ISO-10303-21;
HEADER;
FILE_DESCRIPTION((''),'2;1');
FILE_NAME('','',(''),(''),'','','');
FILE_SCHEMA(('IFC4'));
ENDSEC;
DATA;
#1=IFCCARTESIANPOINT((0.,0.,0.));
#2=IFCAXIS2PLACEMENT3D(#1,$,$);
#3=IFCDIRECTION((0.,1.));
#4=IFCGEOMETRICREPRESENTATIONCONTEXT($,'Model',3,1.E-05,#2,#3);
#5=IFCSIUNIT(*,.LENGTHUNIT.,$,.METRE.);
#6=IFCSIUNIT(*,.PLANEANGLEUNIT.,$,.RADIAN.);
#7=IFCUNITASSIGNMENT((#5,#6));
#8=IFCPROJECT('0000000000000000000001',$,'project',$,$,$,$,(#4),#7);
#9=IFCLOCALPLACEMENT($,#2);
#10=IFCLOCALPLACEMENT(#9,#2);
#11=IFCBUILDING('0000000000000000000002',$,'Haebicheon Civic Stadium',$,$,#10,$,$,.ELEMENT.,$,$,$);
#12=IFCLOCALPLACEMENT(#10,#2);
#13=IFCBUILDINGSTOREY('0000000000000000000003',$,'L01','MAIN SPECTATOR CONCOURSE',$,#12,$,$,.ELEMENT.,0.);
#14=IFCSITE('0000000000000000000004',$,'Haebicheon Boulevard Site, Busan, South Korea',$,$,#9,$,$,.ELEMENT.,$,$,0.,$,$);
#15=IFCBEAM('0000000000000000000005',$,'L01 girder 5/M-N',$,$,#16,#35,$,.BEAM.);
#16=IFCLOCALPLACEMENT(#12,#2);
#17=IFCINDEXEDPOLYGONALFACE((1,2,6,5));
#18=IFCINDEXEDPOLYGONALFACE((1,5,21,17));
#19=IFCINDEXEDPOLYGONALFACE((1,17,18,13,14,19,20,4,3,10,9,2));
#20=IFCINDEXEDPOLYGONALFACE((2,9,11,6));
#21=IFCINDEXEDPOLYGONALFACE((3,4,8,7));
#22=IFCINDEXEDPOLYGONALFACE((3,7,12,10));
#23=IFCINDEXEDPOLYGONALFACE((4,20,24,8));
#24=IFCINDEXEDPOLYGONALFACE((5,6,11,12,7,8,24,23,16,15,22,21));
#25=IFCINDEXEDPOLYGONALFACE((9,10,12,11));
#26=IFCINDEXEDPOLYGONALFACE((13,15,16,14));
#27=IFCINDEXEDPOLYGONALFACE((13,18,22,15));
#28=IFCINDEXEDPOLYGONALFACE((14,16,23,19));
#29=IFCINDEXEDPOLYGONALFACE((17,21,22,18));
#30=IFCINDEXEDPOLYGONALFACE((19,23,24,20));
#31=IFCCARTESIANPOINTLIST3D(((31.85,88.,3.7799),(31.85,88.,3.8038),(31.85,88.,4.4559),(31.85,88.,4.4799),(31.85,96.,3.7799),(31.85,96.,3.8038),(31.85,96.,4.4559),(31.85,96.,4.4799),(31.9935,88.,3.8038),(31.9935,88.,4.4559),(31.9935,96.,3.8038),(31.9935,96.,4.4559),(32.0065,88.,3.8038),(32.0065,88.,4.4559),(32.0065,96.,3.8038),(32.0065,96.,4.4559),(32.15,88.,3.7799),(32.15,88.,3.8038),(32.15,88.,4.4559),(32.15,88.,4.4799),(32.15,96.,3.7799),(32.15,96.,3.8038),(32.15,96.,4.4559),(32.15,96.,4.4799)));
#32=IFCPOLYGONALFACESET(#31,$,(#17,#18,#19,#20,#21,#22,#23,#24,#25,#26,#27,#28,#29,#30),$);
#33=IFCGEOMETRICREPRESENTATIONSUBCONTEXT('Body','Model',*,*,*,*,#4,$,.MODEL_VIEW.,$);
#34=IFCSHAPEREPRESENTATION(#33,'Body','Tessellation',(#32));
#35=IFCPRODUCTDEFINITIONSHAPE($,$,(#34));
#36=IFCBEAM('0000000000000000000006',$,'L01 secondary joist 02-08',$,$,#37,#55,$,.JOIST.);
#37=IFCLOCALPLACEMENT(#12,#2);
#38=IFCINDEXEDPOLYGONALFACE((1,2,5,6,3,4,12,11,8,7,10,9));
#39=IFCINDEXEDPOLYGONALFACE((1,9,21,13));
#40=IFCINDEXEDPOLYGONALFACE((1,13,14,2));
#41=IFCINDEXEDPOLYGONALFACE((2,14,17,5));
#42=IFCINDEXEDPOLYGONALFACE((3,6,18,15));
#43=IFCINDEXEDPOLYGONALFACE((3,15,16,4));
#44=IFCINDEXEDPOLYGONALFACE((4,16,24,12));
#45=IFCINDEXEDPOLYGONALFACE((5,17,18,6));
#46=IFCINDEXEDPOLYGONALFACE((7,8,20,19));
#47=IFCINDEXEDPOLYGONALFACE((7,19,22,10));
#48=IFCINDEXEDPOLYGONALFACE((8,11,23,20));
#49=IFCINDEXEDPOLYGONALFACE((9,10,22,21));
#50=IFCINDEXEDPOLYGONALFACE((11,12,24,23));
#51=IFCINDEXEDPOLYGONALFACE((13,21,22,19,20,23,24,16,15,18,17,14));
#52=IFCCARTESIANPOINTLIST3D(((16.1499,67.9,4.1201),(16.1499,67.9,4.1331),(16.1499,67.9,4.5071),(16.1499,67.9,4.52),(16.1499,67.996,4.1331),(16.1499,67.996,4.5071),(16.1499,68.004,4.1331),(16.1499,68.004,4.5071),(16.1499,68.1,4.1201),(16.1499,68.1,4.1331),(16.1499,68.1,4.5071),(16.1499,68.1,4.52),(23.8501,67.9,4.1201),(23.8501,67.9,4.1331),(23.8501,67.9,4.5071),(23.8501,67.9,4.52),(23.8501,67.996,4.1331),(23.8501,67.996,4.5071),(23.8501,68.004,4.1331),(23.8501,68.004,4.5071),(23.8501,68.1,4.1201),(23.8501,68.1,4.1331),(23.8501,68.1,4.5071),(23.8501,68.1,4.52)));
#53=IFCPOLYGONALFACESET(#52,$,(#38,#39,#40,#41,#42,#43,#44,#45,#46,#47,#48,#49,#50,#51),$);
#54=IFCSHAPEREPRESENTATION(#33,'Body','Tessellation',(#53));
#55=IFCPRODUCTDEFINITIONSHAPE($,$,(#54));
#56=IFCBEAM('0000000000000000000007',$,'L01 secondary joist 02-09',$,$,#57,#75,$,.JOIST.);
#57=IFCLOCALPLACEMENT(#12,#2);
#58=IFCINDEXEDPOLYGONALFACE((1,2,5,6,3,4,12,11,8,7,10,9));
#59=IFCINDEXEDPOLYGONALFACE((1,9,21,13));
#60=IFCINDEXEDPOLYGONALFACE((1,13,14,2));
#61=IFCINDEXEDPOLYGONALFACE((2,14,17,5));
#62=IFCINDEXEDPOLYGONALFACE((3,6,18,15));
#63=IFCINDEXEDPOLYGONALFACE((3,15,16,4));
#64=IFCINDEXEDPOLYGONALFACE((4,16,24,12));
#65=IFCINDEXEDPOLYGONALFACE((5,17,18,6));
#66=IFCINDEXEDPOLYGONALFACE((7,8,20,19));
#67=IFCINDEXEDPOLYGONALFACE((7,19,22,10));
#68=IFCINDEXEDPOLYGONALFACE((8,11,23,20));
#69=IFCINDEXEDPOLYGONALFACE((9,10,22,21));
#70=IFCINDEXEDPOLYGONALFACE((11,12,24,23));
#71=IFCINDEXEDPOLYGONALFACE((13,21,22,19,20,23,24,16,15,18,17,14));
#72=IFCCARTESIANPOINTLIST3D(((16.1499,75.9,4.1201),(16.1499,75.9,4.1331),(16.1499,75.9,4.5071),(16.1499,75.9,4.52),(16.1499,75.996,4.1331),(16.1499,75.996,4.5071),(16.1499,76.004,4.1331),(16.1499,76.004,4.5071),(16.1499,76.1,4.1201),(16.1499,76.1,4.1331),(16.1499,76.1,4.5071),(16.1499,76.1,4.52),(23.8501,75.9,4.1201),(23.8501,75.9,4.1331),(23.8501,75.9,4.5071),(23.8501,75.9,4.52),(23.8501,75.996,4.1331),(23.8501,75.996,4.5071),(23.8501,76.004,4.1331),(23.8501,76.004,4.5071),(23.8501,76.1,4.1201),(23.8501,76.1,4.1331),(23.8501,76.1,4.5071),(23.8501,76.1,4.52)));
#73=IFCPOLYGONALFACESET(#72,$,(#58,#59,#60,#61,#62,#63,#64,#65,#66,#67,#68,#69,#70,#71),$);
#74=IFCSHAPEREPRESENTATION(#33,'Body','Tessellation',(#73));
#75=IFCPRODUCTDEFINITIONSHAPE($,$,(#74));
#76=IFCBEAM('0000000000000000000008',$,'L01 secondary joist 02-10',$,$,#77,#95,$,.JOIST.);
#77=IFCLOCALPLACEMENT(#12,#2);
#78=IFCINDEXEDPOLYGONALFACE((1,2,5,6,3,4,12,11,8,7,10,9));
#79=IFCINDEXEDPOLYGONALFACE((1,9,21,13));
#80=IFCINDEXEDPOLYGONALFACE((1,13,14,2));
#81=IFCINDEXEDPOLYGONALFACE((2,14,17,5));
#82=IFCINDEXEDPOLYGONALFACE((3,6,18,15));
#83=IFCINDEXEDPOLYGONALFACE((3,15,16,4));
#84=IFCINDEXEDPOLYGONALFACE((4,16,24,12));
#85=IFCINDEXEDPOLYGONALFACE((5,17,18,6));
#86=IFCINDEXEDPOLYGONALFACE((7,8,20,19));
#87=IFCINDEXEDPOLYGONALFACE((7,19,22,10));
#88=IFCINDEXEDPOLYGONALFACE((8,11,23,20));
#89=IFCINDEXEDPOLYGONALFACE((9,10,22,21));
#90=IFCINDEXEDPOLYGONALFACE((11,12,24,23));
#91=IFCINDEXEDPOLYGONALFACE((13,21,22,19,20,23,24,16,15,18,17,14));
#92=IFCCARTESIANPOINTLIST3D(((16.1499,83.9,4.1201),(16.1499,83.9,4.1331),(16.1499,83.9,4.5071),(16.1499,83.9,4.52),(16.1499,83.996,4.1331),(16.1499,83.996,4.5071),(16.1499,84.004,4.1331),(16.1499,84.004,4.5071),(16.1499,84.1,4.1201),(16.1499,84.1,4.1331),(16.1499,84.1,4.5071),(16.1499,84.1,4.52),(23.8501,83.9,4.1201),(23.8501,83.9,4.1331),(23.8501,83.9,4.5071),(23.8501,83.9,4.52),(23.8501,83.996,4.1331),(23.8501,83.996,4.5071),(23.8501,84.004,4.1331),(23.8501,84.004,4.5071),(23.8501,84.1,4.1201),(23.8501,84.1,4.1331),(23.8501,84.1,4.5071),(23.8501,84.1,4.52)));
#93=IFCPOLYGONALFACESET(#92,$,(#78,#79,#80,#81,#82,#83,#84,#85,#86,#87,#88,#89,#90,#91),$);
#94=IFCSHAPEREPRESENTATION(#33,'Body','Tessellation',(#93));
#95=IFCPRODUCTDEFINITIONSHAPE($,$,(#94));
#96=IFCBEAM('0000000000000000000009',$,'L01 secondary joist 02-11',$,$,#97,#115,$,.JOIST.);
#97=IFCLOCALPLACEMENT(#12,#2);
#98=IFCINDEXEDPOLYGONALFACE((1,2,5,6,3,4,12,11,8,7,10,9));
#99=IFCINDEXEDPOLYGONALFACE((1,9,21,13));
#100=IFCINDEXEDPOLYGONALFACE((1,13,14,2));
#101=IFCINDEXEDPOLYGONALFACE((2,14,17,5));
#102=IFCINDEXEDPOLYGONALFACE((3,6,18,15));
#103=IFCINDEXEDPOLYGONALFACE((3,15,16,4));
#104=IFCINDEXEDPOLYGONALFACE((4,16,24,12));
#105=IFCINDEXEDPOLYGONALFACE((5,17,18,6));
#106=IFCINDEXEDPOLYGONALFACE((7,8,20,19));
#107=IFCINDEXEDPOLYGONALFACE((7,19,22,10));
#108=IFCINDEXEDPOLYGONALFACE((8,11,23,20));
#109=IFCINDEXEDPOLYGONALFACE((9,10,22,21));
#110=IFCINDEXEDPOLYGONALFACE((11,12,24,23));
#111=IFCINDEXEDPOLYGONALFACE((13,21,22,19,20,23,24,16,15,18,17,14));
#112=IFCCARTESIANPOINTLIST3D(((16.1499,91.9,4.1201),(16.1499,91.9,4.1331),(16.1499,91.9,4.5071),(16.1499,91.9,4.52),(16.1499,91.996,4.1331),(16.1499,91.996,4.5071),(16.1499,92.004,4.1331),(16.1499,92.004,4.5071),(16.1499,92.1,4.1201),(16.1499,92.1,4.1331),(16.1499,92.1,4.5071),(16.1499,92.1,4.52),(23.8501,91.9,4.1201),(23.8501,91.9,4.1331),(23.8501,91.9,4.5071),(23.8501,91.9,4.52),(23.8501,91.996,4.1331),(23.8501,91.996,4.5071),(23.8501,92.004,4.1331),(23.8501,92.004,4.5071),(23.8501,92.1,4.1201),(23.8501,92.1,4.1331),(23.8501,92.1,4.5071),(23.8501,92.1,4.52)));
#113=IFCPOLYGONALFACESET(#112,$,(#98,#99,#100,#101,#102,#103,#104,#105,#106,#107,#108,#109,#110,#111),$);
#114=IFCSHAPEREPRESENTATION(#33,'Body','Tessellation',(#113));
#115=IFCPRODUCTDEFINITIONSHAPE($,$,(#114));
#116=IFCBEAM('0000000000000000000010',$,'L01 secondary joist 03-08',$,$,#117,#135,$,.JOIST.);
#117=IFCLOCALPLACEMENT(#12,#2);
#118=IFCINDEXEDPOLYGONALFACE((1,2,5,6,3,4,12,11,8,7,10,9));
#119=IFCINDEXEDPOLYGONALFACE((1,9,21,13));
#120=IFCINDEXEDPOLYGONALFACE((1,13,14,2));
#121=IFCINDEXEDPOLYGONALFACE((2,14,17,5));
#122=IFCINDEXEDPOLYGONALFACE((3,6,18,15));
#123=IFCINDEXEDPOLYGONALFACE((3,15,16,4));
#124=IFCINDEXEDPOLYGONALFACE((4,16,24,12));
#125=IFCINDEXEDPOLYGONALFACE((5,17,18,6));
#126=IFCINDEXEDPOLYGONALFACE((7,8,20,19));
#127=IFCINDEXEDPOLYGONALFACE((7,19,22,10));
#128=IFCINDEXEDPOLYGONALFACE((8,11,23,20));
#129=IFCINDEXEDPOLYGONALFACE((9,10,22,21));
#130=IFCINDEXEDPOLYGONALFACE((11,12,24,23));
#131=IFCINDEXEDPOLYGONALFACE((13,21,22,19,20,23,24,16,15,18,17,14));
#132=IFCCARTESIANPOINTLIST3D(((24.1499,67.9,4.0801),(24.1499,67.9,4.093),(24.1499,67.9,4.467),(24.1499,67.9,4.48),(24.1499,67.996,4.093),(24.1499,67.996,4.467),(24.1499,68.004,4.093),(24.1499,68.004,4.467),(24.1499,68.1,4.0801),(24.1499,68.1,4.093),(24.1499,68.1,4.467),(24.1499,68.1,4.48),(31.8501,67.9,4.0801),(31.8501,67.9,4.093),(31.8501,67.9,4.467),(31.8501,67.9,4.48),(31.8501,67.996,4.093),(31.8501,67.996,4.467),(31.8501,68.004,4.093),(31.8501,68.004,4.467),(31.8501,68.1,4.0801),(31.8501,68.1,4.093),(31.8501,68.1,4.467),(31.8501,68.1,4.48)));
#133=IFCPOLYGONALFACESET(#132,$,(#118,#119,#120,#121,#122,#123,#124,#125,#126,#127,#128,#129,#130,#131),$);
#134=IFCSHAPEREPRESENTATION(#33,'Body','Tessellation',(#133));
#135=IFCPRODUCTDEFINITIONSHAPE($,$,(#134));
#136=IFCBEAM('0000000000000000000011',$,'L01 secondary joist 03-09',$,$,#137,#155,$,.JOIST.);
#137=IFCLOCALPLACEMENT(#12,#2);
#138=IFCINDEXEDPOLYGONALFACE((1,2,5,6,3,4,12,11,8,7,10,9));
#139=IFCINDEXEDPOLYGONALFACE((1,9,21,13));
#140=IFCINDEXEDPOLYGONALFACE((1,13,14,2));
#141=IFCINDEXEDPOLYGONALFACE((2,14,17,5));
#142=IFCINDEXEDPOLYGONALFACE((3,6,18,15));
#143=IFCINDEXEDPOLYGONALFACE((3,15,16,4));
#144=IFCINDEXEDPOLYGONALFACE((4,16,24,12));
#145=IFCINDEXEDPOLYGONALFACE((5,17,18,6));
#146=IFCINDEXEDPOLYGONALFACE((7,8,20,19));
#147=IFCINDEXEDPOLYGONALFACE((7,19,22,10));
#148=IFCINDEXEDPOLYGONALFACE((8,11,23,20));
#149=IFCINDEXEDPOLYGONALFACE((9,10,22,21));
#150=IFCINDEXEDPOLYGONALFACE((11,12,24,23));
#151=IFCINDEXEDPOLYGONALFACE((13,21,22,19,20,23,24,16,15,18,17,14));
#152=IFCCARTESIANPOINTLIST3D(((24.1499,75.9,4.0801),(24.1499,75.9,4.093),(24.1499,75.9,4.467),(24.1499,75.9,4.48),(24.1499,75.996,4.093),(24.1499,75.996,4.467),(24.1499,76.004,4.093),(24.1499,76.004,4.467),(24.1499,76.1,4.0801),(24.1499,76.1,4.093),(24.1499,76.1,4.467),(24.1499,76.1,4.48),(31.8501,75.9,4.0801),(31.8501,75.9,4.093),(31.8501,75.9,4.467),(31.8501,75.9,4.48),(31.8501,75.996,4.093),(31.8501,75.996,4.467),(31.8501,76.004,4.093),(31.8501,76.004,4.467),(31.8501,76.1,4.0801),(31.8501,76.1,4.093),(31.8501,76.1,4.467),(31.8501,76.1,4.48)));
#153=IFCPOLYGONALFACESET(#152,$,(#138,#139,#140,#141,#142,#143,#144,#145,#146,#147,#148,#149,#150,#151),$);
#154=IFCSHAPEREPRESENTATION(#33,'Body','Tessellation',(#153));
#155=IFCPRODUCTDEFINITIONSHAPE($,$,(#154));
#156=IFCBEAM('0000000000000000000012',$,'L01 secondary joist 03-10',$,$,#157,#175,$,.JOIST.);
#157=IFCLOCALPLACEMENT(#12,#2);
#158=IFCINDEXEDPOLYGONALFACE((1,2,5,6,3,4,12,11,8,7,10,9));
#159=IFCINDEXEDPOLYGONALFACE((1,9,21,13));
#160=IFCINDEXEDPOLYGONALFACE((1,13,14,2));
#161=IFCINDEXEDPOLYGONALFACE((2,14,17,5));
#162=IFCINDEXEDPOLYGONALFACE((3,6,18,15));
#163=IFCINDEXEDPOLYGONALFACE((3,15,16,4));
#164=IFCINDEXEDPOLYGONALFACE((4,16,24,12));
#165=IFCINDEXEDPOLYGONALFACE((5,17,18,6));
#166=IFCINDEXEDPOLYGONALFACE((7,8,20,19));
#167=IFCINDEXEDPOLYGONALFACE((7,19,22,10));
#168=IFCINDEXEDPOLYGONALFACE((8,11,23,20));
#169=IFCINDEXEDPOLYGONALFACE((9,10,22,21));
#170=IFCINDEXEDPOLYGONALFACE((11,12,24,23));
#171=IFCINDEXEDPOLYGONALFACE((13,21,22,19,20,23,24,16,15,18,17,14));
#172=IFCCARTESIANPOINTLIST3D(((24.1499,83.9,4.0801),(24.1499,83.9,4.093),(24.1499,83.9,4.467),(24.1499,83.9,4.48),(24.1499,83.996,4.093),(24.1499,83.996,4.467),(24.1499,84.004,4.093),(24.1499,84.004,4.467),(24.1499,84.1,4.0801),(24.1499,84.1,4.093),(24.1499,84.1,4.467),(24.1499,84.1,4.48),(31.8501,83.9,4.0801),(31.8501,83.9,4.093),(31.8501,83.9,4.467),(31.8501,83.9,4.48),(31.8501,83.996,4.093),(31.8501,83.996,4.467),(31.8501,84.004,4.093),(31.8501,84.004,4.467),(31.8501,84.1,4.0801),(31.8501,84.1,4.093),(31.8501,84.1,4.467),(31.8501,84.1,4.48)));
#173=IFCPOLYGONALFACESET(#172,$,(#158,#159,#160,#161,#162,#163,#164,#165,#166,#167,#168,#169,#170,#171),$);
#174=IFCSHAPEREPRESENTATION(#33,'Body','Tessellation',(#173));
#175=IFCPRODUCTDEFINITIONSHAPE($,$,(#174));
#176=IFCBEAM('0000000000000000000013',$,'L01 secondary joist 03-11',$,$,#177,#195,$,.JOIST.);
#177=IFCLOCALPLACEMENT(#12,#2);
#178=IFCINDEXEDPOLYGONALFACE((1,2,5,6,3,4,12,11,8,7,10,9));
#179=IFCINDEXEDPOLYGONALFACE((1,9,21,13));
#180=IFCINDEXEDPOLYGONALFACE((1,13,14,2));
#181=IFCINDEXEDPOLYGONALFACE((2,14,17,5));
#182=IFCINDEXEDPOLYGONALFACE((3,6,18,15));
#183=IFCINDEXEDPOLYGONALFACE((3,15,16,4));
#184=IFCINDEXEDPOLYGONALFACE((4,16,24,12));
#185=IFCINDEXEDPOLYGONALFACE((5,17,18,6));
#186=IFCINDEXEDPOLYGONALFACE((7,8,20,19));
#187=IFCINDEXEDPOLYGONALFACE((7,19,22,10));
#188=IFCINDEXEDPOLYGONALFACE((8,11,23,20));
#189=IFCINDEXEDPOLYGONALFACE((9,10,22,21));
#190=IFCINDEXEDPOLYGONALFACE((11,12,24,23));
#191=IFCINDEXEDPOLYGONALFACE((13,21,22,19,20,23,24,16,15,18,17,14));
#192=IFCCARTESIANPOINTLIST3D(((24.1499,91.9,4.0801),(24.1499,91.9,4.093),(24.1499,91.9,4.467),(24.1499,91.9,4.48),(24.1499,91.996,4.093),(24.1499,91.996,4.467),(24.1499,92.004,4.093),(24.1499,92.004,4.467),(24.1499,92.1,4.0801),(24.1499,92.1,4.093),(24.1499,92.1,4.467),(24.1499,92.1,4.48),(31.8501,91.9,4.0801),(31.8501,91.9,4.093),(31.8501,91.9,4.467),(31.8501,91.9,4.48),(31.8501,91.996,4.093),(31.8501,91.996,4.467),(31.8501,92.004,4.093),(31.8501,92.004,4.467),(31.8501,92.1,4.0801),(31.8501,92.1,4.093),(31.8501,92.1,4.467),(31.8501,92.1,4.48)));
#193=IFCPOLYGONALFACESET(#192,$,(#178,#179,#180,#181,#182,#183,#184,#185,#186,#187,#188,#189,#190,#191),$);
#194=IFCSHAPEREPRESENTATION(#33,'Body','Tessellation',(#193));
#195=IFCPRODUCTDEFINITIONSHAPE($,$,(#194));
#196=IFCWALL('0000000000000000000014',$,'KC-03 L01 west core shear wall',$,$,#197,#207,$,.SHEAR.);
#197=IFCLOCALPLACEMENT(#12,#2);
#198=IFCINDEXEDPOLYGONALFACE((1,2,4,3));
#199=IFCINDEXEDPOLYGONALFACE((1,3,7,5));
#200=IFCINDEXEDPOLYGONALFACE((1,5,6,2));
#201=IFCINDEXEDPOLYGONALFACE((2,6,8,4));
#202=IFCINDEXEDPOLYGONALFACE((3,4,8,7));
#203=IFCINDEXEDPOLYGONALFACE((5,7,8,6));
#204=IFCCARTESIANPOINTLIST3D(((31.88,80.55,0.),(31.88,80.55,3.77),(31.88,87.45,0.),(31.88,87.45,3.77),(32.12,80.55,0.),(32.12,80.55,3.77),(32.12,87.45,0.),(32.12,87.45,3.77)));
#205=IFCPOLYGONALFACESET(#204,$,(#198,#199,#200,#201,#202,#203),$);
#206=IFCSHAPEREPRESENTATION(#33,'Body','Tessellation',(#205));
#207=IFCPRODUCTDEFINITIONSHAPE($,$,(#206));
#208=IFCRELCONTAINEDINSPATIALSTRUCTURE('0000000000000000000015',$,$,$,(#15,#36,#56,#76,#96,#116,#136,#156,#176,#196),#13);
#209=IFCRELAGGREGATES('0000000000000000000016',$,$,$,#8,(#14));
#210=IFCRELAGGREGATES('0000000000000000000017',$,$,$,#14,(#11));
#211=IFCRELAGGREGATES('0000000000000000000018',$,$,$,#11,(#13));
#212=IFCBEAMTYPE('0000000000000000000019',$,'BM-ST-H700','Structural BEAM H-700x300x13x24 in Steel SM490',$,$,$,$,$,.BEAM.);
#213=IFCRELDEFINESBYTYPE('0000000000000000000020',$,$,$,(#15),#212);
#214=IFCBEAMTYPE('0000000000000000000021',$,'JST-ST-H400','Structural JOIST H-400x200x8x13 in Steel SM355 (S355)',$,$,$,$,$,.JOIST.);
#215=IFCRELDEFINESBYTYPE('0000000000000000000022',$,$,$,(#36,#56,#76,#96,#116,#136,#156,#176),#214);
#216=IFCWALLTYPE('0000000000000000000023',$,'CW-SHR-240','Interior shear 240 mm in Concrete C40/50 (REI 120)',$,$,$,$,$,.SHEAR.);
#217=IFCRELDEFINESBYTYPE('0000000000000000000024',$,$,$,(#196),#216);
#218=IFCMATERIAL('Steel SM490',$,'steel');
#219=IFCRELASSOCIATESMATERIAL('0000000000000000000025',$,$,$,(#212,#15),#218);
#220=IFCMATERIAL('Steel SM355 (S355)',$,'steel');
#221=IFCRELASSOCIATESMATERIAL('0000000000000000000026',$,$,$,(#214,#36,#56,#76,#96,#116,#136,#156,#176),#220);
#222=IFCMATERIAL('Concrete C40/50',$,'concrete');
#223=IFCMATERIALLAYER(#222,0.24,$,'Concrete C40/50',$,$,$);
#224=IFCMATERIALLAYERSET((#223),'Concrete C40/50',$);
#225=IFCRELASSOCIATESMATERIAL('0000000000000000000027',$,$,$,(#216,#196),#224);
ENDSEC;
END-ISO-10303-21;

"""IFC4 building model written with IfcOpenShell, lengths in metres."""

from ifc_helpers import new_model, si_unit, direction, frame, frame_2d, origin, origin_2d, place, context, subcontext, project, spatial, rectangle, i_section, extrude, material, layer, layer_set, material_profile, profile_set, type_object, element, save


model = new_model("IFC4")

# Units and contexts
model_context = context("Model", 3, precision=1e-05, world=origin(), true_north=direction((0.0, 1.0)))
body_context = subcontext(model_context, "Body", "Model", "MODEL_VIEW")
ifc_project = project(units=[si_unit("LENGTHUNIT", "METRE"), si_unit("PLANEANGLEUNIT", "RADIAN")], contexts=[model_context])

# Site, building, storey
site_placement = place(None, origin())
site = spatial("IfcSite", under=ifc_project, at=site_placement, Name="Haebicheon Boulevard Site, Busan, South Korea", CompositionType="ELEMENT", RefElevation=0.0)
building_placement = place(site_placement, origin())
building = spatial("IfcBuilding", under=site, at=building_placement, Name="Haebicheon Civic Stadium", CompositionType="ELEMENT")
storey_placement = place(building_placement, origin())
storey = spatial("IfcBuildingStorey", under=building, at=storey_placement, Name="L01", Description="MAIN SPECTATOR CONCOURSE", CompositionType="ELEMENT", Elevation=0.0)

# Beams
ifc_material_1 = material(Name="Steel SM490", Category="steel")
ifc_material_profile_1 = material_profile(ifc_material_1, i_section(OverallWidth=0.3, OverallDepth=0.7, WebThickness=0.0129, FlangeThickness=0.0239, at=origin_2d()), Name="H-700x300x13x24")
ifc_profile_set_1 = profile_set([ifc_material_profile_1], Name="Steel SM490")
beam_type_1 = type_object("IfcBeamType", Name="BM-ST-H700", Description="Structural BEAM H-700x300x13x24 in Steel SM490", PredefinedType="BEAM", material=ifc_profile_set_1)
for number, where, z_axis, x_axis, name in (
    (1, (32.0, 88.0, 4.1299), (0.0, 1.0, 0.0), (-1.0, 0.0, 0.0), "L01 girder 5/M-N"),
):
    element("IfcBeam", number, at=place(storey_placement, frame(where, z_axis=z_axis, x_axis=x_axis)), inside=storey, type_object=beam_type_1, material=ifc_profile_set_1, Name=name, PredefinedType="BEAM", context=body_context, shape_type="SweptSolid", body=[
        extrude(i_section(OverallWidth=0.3, OverallDepth=0.7, WebThickness=0.0129, FlangeThickness=0.0239, at=origin_2d()), origin(), (0.0, 0.0, 1.0), 8.0),
    ])
ifc_material_2 = material(Name="Steel SM355 (S355)", Category="steel")
ifc_material_profile_2 = material_profile(ifc_material_2, i_section(OverallWidth=0.2, OverallDepth=0.3999, WebThickness=0.0081, FlangeThickness=0.0129, at=origin_2d()), Name="H-400x200x8x13")
ifc_profile_set_2 = profile_set([ifc_material_profile_2], Name="Steel SM355 (S355)")
beam_type_2 = type_object("IfcBeamType", Name="JST-ST-H400", Description="Structural JOIST H-400x200x8x13 in Steel SM355 (S355)", PredefinedType="JOIST", material=ifc_profile_set_2)
for number, where, z_axis, x_axis, name in (
    (2, (16.1499, 68.0, 4.3201), (1.0, 0.0, 0.0), (0.0, 1.0, 0.0), "L01 secondary joist 02-08"),
    (3, (16.1499, 76.0, 4.3201), (1.0, 0.0, 0.0), (0.0, 1.0, 0.0), "L01 secondary joist 02-09"),
    (4, (16.1499, 84.0, 4.3201), (1.0, 0.0, 0.0), (0.0, 1.0, 0.0), "L01 secondary joist 02-10"),
    (5, (16.1499, 92.0, 4.3201), (1.0, 0.0, 0.0), (0.0, 1.0, 0.0), "L01 secondary joist 02-11"),
    (6, (24.1499, 68.0, 4.28), (1.0, 0.0, 0.0), (0.0, 1.0, 0.0), "L01 secondary joist 03-08"),
    (7, (24.1499, 76.0, 4.28), (1.0, 0.0, 0.0), (0.0, 1.0, 0.0), "L01 secondary joist 03-09"),
    (8, (24.1499, 84.0, 4.28), (1.0, 0.0, 0.0), (0.0, 1.0, 0.0), "L01 secondary joist 03-10"),
    (9, (24.1499, 92.0, 4.28), (1.0, 0.0, 0.0), (0.0, 1.0, 0.0), "L01 secondary joist 03-11"),
):
    element("IfcBeam", number, at=place(storey_placement, frame(where, z_axis=z_axis, x_axis=x_axis)), inside=storey, type_object=beam_type_2, material=ifc_profile_set_2, Name=name, PredefinedType="JOIST", context=body_context, shape_type="SweptSolid", body=[
        extrude(i_section(OverallWidth=0.2, OverallDepth=0.3999, WebThickness=0.0081, FlangeThickness=0.0129, at=origin_2d()), origin(), (0.0, 0.0, 1.0), 7.7002),
    ])

# Wall
ifc_material_3 = material(Name="Concrete C40/50", Category="concrete")
ifc_layer_1 = layer(ifc_material_3, 0.24, Name="Concrete C40/50")
ifc_layer_set_1 = layer_set([ifc_layer_1], Name="Concrete C40/50")
wall_type_1 = type_object("IfcWallType", Name="CW-SHR-240", Description="Interior shear 240 mm in Concrete C40/50 (REI 120)", PredefinedType="SHEAR", material=ifc_layer_set_1)
wall_1_placement = place(storey_placement, frame((32.0, 80.55, 0.0), z_axis=(0.0, 0.0, 1.0), x_axis=(0.0, 1.0, 0.0)))
element("IfcWall", 10, at=wall_1_placement, inside=storey, type_object=wall_type_1, material=ifc_layer_set_1, Name="KC-03 L01 west core shear wall", PredefinedType="SHEAR", context=body_context, shape_type="SweptSolid", body=[
    extrude(rectangle(XDim=6.8999, YDim=0.24, at=frame_2d((3.45, 0.0))), origin(), (0.0, 0.0, 1.0), 3.77),
])

save(model, "model.ifc")
